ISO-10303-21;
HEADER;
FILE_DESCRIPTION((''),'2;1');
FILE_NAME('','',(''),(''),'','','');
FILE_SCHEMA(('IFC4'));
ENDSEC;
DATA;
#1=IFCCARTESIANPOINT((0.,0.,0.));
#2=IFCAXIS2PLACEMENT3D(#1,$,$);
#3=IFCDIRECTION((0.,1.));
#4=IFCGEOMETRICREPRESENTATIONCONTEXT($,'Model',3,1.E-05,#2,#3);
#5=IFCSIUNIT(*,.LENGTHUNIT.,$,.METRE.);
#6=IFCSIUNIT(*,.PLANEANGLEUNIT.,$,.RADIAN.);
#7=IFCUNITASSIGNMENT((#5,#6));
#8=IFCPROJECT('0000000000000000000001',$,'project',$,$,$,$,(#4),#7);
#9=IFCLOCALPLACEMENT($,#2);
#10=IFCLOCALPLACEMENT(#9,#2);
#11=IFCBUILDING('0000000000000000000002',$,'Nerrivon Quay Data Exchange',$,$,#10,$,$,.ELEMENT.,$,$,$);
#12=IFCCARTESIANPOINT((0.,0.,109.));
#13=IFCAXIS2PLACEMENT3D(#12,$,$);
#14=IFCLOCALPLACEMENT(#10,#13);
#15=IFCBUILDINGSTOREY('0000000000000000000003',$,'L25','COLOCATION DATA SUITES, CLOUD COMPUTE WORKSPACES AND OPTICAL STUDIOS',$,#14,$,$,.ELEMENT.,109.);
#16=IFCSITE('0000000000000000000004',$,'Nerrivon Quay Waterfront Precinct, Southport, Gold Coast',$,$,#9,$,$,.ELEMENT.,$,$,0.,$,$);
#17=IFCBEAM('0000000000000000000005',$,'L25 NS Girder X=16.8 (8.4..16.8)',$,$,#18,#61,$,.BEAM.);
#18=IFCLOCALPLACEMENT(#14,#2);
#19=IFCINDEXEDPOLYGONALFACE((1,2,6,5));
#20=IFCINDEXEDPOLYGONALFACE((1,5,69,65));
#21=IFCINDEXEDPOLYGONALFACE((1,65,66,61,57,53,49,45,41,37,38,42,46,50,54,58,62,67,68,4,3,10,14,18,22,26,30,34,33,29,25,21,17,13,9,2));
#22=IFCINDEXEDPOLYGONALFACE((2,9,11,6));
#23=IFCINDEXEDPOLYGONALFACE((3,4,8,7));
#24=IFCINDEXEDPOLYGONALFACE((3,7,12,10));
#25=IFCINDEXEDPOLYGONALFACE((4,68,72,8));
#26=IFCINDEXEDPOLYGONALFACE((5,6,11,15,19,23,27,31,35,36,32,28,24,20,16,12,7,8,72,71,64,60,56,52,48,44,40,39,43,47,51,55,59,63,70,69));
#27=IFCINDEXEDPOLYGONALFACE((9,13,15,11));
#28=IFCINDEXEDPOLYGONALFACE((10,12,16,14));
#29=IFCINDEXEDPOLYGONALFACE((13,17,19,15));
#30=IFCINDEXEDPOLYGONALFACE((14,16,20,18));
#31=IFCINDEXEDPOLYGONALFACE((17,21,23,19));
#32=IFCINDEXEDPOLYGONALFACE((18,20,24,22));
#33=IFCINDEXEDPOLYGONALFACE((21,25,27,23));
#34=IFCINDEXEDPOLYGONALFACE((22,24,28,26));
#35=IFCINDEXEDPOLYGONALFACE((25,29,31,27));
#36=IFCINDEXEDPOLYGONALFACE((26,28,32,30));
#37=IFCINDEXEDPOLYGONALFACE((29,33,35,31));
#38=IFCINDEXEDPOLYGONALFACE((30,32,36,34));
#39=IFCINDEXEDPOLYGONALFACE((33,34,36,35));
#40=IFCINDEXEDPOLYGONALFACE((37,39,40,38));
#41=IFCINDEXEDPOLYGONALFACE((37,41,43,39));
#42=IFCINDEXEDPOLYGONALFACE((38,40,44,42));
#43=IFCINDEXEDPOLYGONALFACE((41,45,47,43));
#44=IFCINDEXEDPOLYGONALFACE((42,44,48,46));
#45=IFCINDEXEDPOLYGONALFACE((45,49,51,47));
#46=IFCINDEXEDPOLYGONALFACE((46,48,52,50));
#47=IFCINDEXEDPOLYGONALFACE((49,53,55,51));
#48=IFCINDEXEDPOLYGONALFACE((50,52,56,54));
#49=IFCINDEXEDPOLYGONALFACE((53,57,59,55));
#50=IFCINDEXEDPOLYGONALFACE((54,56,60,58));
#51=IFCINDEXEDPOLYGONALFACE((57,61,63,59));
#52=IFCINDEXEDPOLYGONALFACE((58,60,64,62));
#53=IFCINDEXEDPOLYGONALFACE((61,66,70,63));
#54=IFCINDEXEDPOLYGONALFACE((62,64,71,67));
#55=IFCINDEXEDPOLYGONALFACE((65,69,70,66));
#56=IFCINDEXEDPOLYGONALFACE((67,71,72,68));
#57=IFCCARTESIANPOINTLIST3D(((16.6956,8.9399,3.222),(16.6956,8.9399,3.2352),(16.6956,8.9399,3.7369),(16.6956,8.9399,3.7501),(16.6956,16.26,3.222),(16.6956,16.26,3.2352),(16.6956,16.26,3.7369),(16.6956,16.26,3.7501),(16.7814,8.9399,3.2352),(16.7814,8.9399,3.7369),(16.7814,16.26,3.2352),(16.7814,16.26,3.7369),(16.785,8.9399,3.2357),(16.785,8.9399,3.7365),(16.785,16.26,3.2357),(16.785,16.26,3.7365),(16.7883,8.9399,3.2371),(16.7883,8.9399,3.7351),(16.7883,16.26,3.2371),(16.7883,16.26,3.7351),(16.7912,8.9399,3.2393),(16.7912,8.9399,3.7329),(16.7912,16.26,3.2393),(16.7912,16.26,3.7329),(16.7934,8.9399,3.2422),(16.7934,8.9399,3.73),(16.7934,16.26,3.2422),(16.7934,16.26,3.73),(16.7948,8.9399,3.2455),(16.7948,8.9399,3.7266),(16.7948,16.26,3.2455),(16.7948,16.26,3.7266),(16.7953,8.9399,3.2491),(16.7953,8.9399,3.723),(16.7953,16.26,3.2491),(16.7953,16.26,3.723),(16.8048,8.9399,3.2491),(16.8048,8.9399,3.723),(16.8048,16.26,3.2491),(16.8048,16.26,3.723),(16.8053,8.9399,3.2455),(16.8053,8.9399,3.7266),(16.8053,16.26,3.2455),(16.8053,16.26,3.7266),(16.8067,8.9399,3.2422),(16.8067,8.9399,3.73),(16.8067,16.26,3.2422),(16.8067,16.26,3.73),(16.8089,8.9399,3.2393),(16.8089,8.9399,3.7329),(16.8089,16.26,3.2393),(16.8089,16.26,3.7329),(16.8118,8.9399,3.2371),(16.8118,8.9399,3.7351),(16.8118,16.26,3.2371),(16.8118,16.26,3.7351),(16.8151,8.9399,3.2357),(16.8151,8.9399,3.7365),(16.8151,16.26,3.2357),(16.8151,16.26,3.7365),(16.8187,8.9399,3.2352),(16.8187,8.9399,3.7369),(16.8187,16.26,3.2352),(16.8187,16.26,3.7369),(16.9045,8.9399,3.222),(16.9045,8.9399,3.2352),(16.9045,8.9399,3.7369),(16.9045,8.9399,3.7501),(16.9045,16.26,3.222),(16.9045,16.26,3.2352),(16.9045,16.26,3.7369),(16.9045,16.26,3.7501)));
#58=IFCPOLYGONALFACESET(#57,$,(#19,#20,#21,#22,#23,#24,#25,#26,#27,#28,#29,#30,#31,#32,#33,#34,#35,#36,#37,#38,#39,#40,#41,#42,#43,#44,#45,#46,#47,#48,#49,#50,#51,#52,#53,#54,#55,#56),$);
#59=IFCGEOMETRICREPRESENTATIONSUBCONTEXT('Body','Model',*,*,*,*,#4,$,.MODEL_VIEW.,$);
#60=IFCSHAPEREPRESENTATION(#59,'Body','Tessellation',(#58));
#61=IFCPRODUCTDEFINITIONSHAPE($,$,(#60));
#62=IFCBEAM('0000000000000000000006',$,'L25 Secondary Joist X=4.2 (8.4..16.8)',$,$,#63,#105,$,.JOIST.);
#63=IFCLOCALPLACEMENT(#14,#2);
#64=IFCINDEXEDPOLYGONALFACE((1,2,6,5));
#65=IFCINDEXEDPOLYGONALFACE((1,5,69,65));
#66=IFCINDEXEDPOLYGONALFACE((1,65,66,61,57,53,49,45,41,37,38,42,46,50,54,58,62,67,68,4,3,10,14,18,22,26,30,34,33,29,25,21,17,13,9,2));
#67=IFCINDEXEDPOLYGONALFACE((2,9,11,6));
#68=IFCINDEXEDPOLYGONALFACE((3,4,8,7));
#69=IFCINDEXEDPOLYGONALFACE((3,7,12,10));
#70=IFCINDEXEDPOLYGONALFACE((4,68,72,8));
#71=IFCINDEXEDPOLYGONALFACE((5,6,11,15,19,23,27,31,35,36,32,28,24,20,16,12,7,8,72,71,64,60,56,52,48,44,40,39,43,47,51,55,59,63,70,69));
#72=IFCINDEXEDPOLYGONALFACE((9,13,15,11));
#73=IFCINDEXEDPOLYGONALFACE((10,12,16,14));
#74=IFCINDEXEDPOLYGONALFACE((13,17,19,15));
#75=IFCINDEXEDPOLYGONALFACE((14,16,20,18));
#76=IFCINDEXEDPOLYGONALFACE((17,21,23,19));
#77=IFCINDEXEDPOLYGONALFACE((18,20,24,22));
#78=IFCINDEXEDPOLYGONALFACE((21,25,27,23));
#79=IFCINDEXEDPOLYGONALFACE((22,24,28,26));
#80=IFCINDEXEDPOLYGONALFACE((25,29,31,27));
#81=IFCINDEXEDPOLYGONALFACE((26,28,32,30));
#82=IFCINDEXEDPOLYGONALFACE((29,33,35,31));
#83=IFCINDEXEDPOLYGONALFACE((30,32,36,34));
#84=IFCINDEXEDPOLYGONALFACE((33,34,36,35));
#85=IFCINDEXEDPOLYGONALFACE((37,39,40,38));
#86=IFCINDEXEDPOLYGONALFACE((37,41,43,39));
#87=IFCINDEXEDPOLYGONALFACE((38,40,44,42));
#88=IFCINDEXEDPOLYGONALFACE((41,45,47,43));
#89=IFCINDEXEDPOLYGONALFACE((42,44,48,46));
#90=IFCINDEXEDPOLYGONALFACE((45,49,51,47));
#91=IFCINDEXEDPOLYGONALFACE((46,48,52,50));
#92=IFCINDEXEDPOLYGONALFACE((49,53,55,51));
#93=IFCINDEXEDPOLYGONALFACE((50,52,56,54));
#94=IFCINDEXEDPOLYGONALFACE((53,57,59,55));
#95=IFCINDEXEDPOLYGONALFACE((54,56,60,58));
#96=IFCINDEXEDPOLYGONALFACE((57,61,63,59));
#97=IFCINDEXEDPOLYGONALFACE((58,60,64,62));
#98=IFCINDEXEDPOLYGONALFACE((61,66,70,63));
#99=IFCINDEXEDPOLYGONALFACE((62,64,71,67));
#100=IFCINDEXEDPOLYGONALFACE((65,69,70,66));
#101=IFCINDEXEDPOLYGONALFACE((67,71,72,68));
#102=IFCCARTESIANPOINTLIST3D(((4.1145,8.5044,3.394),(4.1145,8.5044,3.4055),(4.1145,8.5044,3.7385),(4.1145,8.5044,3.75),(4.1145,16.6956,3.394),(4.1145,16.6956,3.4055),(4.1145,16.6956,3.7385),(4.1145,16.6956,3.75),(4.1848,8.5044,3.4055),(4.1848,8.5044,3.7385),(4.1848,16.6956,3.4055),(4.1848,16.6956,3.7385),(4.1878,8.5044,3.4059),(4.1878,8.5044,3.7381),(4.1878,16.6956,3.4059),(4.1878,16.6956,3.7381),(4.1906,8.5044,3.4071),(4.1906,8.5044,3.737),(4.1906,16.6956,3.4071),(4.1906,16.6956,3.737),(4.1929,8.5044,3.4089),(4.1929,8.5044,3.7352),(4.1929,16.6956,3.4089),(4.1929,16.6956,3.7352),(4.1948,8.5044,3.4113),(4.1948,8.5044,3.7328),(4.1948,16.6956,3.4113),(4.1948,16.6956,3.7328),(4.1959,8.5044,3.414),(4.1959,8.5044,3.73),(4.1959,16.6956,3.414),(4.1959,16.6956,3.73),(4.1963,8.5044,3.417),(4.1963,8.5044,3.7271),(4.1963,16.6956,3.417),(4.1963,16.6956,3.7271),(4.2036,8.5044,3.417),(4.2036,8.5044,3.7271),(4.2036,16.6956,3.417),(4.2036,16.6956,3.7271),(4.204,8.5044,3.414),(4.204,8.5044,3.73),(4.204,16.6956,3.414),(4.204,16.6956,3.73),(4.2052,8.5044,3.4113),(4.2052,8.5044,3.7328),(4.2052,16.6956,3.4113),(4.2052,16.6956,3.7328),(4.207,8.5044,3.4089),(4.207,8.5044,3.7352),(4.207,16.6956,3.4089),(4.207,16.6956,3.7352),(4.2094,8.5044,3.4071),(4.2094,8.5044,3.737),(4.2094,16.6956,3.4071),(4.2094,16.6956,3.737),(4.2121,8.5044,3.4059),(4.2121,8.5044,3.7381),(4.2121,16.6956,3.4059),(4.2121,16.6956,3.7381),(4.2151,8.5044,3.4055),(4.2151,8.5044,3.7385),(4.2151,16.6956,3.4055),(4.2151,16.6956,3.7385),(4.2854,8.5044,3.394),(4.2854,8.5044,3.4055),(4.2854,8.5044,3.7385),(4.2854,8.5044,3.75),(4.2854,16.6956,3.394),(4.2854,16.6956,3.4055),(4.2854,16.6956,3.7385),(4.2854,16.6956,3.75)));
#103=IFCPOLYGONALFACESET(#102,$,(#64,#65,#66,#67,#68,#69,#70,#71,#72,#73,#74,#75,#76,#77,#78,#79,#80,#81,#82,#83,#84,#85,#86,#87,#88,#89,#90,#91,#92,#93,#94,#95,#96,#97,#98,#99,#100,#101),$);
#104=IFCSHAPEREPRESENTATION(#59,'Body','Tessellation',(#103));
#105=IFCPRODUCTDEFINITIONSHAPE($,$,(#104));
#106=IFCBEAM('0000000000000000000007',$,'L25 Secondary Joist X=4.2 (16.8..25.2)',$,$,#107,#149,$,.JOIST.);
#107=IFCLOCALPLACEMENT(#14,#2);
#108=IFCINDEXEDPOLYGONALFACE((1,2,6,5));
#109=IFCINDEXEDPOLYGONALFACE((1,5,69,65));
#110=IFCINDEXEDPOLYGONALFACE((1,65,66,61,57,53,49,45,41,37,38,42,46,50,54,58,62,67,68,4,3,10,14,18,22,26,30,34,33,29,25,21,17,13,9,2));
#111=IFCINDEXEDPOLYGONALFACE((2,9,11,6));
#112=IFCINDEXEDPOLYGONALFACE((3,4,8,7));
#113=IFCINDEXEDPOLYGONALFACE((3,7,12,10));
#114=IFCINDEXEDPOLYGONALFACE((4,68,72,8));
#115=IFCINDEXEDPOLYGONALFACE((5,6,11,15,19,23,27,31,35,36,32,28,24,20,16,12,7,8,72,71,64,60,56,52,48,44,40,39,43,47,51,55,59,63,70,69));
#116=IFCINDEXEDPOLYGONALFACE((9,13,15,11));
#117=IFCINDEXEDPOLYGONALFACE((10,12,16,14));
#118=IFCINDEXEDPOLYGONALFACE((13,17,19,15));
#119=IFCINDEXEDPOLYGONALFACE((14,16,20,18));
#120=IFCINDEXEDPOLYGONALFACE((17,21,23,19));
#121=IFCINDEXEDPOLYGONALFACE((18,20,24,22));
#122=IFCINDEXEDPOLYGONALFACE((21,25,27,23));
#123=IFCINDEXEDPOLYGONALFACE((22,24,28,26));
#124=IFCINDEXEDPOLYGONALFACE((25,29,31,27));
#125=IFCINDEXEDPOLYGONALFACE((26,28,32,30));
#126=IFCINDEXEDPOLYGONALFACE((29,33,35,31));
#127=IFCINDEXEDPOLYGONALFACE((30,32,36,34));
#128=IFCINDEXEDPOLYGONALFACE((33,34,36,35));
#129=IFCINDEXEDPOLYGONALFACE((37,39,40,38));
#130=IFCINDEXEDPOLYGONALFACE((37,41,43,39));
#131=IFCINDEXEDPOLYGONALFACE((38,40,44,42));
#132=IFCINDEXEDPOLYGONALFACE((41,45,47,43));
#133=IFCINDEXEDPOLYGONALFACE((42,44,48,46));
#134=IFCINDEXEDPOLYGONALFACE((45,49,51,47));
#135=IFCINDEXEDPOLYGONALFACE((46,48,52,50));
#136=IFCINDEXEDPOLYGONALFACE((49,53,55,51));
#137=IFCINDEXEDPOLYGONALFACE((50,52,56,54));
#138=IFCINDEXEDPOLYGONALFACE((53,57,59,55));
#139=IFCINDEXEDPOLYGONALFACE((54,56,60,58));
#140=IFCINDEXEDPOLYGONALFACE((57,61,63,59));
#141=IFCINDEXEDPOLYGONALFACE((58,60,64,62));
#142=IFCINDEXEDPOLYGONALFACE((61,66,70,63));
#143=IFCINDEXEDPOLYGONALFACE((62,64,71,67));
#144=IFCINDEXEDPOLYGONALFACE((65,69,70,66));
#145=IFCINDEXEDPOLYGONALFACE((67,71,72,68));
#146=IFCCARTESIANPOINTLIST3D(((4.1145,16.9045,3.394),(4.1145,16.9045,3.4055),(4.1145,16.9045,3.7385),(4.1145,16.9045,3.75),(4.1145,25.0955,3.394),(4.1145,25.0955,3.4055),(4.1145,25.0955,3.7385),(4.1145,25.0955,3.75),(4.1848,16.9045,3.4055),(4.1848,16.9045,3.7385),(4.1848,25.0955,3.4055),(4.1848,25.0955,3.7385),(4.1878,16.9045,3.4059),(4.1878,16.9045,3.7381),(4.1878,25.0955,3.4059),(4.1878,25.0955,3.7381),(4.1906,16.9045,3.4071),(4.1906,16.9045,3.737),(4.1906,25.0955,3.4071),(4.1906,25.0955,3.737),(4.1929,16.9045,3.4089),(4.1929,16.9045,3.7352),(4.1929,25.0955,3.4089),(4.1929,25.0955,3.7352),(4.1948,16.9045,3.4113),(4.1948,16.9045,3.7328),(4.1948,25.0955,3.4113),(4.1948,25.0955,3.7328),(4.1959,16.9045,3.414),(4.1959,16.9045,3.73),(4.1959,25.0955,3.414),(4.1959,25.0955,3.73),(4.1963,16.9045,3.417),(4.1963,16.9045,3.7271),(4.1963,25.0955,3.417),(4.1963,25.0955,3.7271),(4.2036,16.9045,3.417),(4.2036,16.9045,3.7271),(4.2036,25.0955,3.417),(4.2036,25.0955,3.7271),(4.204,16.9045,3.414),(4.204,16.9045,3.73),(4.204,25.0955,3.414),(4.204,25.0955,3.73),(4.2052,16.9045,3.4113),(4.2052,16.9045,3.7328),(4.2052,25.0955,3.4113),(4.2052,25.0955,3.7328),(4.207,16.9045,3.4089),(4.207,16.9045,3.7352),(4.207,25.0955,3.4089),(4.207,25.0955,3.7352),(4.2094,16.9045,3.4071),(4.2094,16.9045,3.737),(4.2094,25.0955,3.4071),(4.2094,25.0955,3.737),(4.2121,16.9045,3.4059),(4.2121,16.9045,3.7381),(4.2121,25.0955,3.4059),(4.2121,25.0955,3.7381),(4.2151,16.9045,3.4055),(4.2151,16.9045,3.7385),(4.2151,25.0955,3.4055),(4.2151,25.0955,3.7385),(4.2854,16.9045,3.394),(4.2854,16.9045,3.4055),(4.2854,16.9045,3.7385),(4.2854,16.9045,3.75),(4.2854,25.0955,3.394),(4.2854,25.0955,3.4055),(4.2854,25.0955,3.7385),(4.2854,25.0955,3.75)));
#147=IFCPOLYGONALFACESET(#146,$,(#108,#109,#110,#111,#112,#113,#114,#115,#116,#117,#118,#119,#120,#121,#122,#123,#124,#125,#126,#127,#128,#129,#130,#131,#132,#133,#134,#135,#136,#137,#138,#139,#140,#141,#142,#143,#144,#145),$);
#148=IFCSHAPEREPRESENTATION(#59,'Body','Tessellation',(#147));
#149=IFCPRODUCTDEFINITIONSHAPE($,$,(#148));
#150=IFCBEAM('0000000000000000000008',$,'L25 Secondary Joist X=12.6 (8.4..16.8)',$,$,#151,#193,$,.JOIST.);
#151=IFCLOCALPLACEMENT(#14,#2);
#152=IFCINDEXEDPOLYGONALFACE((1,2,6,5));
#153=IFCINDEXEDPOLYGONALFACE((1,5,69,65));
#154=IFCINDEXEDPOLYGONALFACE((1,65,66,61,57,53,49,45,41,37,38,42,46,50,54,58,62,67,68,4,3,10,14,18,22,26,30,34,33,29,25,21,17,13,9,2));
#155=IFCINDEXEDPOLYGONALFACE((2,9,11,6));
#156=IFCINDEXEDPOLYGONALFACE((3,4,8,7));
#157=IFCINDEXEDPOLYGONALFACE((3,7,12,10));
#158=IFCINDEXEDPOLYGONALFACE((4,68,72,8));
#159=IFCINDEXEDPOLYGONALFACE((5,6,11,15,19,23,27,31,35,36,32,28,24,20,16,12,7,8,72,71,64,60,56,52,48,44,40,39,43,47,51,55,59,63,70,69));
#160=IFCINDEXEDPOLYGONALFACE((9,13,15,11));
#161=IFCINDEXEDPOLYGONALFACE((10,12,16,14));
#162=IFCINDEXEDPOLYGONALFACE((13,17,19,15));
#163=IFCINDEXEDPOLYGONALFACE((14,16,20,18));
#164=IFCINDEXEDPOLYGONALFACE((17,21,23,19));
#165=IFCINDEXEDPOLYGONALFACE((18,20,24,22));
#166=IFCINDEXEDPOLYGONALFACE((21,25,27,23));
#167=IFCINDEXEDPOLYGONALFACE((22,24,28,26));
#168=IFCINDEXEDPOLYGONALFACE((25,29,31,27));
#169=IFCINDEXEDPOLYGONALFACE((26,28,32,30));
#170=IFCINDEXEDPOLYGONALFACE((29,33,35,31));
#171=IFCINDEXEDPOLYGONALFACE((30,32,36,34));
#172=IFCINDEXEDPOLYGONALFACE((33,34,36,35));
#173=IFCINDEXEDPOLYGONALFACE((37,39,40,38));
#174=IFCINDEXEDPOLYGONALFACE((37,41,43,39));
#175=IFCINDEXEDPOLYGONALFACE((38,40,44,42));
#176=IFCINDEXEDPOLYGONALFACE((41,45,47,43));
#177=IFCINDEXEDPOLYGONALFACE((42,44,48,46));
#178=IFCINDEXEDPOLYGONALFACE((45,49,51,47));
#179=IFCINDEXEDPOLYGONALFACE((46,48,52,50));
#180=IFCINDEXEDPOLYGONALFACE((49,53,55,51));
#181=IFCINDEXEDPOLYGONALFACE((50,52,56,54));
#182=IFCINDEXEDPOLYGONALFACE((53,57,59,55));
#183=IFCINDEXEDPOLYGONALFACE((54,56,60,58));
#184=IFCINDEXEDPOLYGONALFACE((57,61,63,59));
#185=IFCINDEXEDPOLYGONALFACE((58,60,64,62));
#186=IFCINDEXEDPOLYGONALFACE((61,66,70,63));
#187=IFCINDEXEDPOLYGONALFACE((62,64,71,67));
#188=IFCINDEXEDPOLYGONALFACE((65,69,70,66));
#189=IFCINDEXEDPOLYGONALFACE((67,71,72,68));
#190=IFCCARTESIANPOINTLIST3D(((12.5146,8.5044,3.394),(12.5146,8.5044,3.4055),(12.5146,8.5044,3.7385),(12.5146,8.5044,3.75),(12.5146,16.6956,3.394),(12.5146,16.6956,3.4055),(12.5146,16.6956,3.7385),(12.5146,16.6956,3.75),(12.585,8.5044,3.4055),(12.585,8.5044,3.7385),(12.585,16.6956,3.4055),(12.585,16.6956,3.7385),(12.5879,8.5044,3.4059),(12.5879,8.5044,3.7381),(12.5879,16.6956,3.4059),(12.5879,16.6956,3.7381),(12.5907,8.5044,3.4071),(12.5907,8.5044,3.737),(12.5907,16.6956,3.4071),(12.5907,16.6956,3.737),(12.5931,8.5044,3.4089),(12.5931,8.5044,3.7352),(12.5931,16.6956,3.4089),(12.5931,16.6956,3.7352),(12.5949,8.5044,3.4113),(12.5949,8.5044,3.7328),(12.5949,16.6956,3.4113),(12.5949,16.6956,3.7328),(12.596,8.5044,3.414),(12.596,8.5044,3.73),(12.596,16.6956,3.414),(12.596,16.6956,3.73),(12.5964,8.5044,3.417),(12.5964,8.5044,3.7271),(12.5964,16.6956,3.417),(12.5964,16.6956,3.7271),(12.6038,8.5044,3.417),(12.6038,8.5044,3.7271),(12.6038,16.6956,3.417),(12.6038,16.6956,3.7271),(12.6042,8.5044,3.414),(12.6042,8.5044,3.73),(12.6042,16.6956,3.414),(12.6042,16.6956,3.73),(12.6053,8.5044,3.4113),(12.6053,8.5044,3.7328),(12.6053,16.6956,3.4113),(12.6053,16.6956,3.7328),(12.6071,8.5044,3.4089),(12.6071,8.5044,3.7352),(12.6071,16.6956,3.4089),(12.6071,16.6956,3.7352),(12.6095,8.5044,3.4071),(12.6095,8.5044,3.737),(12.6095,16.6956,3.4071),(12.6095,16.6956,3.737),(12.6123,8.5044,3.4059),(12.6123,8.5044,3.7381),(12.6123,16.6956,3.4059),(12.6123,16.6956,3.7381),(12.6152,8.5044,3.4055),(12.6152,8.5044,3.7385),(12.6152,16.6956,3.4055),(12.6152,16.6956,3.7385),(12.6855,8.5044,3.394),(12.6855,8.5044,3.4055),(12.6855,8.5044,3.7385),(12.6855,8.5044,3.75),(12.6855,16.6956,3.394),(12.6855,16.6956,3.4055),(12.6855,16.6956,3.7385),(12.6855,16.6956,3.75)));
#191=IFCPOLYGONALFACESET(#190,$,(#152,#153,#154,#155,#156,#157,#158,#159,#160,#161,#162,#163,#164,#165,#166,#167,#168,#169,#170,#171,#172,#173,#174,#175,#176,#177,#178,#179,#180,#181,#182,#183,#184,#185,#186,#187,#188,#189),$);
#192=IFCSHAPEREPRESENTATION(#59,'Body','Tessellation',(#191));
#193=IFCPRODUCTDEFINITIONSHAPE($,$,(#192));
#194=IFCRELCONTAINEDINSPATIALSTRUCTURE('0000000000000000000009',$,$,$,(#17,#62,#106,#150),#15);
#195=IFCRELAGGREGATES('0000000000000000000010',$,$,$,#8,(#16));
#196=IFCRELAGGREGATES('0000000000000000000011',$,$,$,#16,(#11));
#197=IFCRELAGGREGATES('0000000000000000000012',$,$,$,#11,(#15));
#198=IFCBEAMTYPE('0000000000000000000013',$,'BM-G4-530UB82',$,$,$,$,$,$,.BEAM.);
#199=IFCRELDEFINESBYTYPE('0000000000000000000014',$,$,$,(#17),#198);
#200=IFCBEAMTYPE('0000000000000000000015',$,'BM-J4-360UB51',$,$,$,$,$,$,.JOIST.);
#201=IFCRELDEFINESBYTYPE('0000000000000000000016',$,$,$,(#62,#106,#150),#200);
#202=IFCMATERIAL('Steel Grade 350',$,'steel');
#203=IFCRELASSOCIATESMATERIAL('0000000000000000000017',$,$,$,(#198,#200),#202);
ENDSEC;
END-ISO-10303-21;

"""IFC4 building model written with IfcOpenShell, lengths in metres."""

from ifc_helpers import new_model, si_unit, direction, frame, origin, origin_2d, place, context, subcontext, project, spatial, i_section, extrude, material, material_profile, profile_set, type_object, element, save


model = new_model("IFC4")

# Units and contexts
model_context = context("Model", 3, precision=1e-05, world=origin(), true_north=direction((0.0, 1.0)))
body_context = subcontext(model_context, "Body", "Model", "MODEL_VIEW")
ifc_project = project(units=[si_unit("LENGTHUNIT", "METRE"), si_unit("PLANEANGLEUNIT", "RADIAN")], contexts=[model_context])

# Site, building, storey
site_placement = place(None, origin())
site = spatial("IfcSite", under=ifc_project, at=site_placement, Name="Nerrivon Quay Waterfront Precinct, Southport, Gold Coast", CompositionType="ELEMENT", RefElevation=0.0)
building_placement = place(site_placement, origin())
building = spatial("IfcBuilding", under=site, at=building_placement, Name="Nerrivon Quay Data Exchange", CompositionType="ELEMENT")
storey_placement = place(building_placement, frame((0.0, 0.0, 109.0)))
storey = spatial("IfcBuildingStorey", under=building, at=storey_placement, Name="L25", Description="COLOCATION DATA SUITES, CLOUD COMPUTE WORKSPACES AND OPTICAL STUDIOS", CompositionType="ELEMENT", Elevation=109.0)

# Shared definitions
ifc_material_1 = material(Name="Steel Grade 350", Category="steel")

# Beams
ifc_material_profile_1 = material_profile(ifc_material_1, i_section(OverallWidth=0.209, OverallDepth=0.5281, WebThickness=0.0095, FlangeThickness=0.0132, FilletRadius=0.0139, at=origin_2d()), Name="530UB82.0")
ifc_profile_set_1 = profile_set([ifc_material_profile_1], Name="Steel Grade 350")
beam_type_1 = type_object("IfcBeamType", Name="BM-G4-530UB82", PredefinedType="BEAM", material=ifc_profile_set_1)
beam_1_placement = place(storey_placement, frame((16.8, 8.9399, 3.4861), z_axis=(0.0, 1.0, 0.0), x_axis=(-1.0, 0.0, 0.0)))
element("IfcBeam", 1, at=beam_1_placement, inside=storey, type_object=beam_type_1, Name="L25 NS Girder X=16.8 (8.4..16.8)", PredefinedType="BEAM", context=body_context, shape_type="SweptSolid", body=[
    extrude(i_section(OverallWidth=0.209, OverallDepth=0.5281, WebThickness=0.0095, FlangeThickness=0.0132, FilletRadius=0.0139, at=origin_2d()), origin(), (0.0, 0.0, 1.0), 7.3201),
])
ifc_material_profile_2 = material_profile(ifc_material_1, i_section(OverallWidth=0.1709, OverallDepth=0.356, WebThickness=0.0073, FlangeThickness=0.0115, FilletRadius=0.0115, at=origin_2d()), Name="360UB50.7")
ifc_profile_set_2 = profile_set([ifc_material_profile_2], Name="Steel Grade 350")
beam_type_2 = type_object("IfcBeamType", Name="BM-J4-360UB51", PredefinedType="JOIST", material=ifc_profile_set_2)
beam_2_placement = place(storey_placement, frame((4.2, 8.5044, 3.572), z_axis=(0.0, 1.0, 0.0), x_axis=(-1.0, 0.0, 0.0)))
element("IfcBeam", 2, at=beam_2_placement, inside=storey, type_object=beam_type_2, Name="L25 Secondary Joist X=4.2 (8.4..16.8)", PredefinedType="JOIST", context=body_context, shape_type="SweptSolid", body=[
    extrude(i_section(OverallWidth=0.1709, OverallDepth=0.356, WebThickness=0.0073, FlangeThickness=0.0115, FilletRadius=0.0115, at=origin_2d()), origin(), (0.0, 0.0, 1.0), 8.1912),
])
beam_3_placement = place(storey_placement, frame((4.2, 16.9045, 3.572), z_axis=(0.0, 1.0, 0.0), x_axis=(-1.0, 0.0, 0.0)))
element("IfcBeam", 3, at=beam_3_placement, inside=storey, type_object=beam_type_2, Name="L25 Secondary Joist X=4.2 (16.8..25.2)", PredefinedType="JOIST", context=body_context, shape_type="SweptSolid", body=[
    extrude(i_section(OverallWidth=0.1709, OverallDepth=0.356, WebThickness=0.0073, FlangeThickness=0.0115, FilletRadius=0.0115, at=origin_2d()), origin(), (0.0, 0.0, 1.0), 8.1909),
])
beam_4_placement = place(storey_placement, frame((12.6001, 8.5044, 3.572), z_axis=(0.0, 1.0, 0.0), x_axis=(-1.0, 0.0, 0.0)))
element("IfcBeam", 4, at=beam_4_placement, inside=storey, type_object=beam_type_2, Name="L25 Secondary Joist X=12.6 (8.4..16.8)", PredefinedType="JOIST", context=body_context, shape_type="SweptSolid", body=[
    extrude(i_section(OverallWidth=0.1709, OverallDepth=0.356, WebThickness=0.0073, FlangeThickness=0.0115, FilletRadius=0.0115, at=origin_2d()), origin(), (0.0, 0.0, 1.0), 8.1912),
])

save(model, "model.ifc")
